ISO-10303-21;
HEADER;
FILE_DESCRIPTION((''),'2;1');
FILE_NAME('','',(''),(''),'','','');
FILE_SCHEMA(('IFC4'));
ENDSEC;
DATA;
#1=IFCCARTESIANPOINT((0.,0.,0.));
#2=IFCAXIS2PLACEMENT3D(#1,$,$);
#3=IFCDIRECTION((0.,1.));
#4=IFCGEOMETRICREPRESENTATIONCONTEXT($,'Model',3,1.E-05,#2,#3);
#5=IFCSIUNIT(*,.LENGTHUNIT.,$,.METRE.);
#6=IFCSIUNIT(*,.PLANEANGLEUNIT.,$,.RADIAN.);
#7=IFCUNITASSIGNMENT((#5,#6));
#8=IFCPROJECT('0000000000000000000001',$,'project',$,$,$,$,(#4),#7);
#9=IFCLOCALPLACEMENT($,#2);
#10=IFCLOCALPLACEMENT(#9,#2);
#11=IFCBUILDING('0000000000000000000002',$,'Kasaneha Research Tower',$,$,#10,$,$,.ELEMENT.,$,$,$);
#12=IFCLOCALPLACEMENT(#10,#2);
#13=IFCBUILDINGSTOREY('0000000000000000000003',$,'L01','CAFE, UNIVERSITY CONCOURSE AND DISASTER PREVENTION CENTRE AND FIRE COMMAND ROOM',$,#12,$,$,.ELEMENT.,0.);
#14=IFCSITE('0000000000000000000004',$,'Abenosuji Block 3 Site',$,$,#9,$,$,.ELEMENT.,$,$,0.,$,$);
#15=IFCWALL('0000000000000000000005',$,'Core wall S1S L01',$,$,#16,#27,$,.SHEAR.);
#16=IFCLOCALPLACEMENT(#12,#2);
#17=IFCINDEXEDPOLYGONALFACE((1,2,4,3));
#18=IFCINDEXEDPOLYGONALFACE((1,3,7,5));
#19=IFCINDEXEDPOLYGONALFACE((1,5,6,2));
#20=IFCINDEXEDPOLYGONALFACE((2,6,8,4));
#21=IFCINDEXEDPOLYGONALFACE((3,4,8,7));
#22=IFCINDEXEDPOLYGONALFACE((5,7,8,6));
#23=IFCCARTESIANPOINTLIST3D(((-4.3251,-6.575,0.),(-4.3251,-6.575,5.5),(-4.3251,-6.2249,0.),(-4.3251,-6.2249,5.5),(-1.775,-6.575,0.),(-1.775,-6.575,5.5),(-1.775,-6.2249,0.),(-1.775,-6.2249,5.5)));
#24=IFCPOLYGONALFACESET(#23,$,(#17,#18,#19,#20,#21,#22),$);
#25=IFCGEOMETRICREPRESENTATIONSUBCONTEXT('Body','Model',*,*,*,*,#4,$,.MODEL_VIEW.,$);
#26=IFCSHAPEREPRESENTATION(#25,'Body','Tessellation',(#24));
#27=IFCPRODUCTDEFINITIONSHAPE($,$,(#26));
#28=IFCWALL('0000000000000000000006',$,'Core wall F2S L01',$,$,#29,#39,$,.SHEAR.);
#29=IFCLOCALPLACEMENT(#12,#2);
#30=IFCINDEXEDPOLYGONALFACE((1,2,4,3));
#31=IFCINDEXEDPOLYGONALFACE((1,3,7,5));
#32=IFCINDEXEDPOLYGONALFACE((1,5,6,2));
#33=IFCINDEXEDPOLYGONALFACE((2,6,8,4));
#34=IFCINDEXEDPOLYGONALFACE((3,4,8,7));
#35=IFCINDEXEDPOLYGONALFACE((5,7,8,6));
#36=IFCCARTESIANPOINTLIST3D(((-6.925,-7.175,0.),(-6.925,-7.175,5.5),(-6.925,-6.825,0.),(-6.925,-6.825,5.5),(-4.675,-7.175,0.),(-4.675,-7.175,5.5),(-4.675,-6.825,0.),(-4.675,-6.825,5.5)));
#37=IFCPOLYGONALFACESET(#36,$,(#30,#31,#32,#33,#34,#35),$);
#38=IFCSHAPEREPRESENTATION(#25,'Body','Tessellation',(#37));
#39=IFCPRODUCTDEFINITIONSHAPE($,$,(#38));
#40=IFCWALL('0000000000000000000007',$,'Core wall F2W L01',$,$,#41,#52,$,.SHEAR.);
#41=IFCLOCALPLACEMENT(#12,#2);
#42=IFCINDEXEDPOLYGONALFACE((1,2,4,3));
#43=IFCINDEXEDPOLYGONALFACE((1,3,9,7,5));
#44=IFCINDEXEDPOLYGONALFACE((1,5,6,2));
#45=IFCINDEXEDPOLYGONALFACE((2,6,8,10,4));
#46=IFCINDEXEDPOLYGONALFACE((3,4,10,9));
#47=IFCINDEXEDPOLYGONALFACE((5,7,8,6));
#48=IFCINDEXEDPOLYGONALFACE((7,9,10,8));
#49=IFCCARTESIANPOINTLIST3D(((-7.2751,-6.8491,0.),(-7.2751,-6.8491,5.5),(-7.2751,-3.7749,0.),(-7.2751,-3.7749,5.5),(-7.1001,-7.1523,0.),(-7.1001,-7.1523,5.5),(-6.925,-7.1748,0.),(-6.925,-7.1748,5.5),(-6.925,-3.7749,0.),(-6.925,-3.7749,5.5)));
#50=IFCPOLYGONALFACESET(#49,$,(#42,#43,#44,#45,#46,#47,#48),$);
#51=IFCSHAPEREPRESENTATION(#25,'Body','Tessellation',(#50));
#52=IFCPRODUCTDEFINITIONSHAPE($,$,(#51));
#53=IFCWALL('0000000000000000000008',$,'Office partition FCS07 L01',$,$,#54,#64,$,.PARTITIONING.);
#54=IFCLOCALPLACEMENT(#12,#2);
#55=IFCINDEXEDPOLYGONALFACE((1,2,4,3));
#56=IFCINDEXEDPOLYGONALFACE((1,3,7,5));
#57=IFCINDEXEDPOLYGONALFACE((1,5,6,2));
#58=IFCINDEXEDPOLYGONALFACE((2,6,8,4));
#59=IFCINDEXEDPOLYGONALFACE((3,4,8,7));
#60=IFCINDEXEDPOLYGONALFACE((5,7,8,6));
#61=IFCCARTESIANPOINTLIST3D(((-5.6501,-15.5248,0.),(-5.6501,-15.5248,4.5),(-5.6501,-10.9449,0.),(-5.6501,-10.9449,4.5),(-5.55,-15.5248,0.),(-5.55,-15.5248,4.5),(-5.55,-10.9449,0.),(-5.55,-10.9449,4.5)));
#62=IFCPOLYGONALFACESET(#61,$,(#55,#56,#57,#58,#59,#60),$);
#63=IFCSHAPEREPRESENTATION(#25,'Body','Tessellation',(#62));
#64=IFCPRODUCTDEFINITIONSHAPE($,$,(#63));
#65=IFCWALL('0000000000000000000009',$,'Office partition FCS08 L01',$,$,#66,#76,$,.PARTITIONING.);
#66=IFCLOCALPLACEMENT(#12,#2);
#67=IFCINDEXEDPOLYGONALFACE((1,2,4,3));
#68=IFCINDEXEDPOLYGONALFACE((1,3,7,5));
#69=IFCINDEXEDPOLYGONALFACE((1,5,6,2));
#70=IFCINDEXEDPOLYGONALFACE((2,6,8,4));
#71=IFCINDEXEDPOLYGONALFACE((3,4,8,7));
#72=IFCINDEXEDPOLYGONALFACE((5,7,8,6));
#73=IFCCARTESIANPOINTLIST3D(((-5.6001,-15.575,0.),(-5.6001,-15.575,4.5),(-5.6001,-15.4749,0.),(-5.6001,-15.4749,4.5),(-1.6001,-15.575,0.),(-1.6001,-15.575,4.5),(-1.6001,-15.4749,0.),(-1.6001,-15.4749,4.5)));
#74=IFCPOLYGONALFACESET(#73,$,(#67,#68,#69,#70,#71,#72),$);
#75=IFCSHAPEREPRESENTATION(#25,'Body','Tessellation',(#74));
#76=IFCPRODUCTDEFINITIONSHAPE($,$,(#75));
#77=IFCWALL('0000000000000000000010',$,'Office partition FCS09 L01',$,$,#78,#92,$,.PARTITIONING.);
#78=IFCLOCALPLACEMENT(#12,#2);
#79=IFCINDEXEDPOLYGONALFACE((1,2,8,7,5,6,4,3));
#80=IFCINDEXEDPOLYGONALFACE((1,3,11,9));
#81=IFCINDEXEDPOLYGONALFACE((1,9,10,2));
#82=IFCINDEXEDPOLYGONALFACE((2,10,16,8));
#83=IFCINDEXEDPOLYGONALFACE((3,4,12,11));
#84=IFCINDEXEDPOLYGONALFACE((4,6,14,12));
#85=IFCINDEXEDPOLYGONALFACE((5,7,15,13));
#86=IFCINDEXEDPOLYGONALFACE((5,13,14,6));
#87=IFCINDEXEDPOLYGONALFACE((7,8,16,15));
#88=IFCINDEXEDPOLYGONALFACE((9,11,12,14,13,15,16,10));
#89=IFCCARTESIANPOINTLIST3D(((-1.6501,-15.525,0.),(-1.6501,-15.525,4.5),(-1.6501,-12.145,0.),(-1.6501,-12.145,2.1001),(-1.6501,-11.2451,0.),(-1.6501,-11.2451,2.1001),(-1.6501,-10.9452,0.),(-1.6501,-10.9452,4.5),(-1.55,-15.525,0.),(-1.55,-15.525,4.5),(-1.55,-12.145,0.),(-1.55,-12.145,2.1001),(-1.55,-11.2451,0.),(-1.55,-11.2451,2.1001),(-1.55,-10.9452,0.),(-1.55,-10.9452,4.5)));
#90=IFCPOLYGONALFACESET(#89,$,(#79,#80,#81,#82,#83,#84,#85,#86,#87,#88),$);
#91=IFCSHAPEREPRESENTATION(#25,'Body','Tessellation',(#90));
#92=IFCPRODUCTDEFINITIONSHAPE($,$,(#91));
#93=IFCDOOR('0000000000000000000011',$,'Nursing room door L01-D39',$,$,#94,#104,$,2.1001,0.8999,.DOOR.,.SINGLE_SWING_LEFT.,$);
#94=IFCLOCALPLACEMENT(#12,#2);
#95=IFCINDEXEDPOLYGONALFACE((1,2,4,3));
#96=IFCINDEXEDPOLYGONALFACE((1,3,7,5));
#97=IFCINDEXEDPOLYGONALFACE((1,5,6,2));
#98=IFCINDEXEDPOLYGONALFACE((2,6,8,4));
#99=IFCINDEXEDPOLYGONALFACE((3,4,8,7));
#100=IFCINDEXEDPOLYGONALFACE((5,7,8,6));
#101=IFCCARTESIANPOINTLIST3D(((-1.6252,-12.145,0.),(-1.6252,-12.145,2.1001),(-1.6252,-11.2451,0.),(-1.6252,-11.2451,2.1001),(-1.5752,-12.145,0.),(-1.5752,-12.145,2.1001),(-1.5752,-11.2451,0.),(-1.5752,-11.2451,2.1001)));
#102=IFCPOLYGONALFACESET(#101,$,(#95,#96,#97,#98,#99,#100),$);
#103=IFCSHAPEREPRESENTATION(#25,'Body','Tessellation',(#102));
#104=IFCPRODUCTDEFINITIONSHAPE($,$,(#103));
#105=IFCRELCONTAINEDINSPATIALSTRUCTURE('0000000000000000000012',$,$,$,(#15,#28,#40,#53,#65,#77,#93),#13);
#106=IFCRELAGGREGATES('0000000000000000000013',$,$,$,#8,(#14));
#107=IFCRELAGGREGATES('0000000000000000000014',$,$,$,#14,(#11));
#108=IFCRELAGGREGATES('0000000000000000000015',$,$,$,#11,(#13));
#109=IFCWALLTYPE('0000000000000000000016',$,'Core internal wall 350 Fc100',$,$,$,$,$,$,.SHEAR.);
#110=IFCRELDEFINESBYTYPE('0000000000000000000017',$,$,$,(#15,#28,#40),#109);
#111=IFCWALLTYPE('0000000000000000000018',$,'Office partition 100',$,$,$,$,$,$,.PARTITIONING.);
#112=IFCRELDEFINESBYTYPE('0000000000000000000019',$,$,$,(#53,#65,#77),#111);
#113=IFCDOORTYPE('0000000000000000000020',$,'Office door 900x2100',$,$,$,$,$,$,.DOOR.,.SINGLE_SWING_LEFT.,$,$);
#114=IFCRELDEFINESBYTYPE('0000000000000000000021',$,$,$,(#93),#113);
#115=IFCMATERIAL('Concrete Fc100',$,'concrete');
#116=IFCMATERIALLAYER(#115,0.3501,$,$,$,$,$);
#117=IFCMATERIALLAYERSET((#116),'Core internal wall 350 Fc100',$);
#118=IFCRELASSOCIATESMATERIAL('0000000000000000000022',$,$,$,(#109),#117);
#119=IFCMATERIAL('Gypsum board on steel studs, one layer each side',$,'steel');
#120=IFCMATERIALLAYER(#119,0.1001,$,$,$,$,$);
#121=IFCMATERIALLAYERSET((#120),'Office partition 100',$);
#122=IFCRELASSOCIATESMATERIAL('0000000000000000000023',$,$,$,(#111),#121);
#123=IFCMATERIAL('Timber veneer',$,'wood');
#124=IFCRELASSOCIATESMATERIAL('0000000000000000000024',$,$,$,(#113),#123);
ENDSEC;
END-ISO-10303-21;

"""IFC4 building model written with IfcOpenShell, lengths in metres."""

from ifc_helpers import new_model, si_unit, direction, frame, frame_2d, origin, place, context, subcontext, project, spatial, polyline, rectangle, outline, extrude, material, layer, layer_set, type_object, element, fill, save


model = new_model("IFC4")

# Units and contexts
model_context = context("Model", 3, precision=1e-05, world=origin(), true_north=direction((0.0, 1.0)))
body_context = subcontext(model_context, "Body", "Model", "MODEL_VIEW")
ifc_project = project(units=[si_unit("LENGTHUNIT", "METRE"), si_unit("PLANEANGLEUNIT", "RADIAN")], contexts=[model_context])

# Site, building, storey
site_placement = place(None, origin())
site = spatial("IfcSite", under=ifc_project, at=site_placement, Name="Abenosuji Block 3 Site", CompositionType="ELEMENT", RefElevation=0.0)
building_placement = place(site_placement, origin())
building = spatial("IfcBuilding", under=site, at=building_placement, Name="Kasaneha Research Tower", CompositionType="ELEMENT")
storey_placement = place(building_placement, origin())
storey = spatial("IfcBuildingStorey", under=building, at=storey_placement, Name="L01", Description="CAFE, UNIVERSITY CONCOURSE AND DISASTER PREVENTION CENTRE AND FIRE COMMAND ROOM", CompositionType="ELEMENT", Elevation=0.0)

# Shared definitions
ifc_material_1 = material(Name="Concrete Fc100", Category="concrete")
ifc_layer_1 = layer(ifc_material_1, 0.3501)
ifc_layer_set_1 = layer_set([ifc_layer_1], Name="Core internal wall 350 Fc100")
wall_type_1 = type_object("IfcWallType", Name="Core internal wall 350 Fc100", PredefinedType="SHEAR", material=ifc_layer_set_1)

# Walls
wall_1_placement = place(storey_placement, frame((-4.325, -6.3999, 0.0), z_axis=(0.0, 0.0, 1.0), x_axis=(1.0, 0.0, 0.0)))
element("IfcWall", 1, at=wall_1_placement, inside=storey, type_object=wall_type_1, Name="Core wall S1S L01", PredefinedType="SHEAR", context=body_context, shape_type="SweptSolid", body=[
    extrude(rectangle(XDim=2.55, YDim=0.3501, at=frame_2d((1.2749, 0.0))), origin(), (0.0, 0.0, 1.0), 5.5),
])
wall_2_placement = place(storey_placement, frame((-6.925, -7.0, 0.0), z_axis=(0.0, 0.0, 1.0), x_axis=(1.0, 0.0, 0.0)))
element("IfcWall", 2, at=wall_2_placement, inside=storey, type_object=wall_type_1, Name="Core wall F2S L01", PredefinedType="SHEAR", context=body_context, shape_type="SweptSolid", body=[
    extrude(rectangle(XDim=2.25, YDim=0.3501, at=frame_2d((1.125, 0.0))), origin(), (0.0, 0.0, 1.0), 5.5),
])
wall_3_placement = place(storey_placement, frame((-7.1001, -3.7749, 0.0), z_axis=(0.0, 0.0, 1.0), x_axis=(0.0, -1.0, 0.0)))
element("IfcWall", 3, at=wall_3_placement, inside=storey, type_object=wall_type_1, Name="Core wall F2W L01", PredefinedType="SHEAR", context=body_context, shape_type="SweptSolid", body=[
    extrude(outline(polyline([(0.0, -0.175), (3.0742, -0.175), (3.3774, 0.0), (3.3999, 0.175), (0.0, 0.175), (0.0, -0.175)])), origin(), (0.0, 0.0, 1.0), 5.5),
])

# Walls
ifc_material_2 = material(Name="Gypsum board on steel studs, one layer each side", Category="steel")
ifc_layer_2 = layer(ifc_material_2, 0.1001)
ifc_layer_set_2 = layer_set([ifc_layer_2], Name="Office partition 100")
wall_type_2 = type_object("IfcWallType", Name="Office partition 100", PredefinedType="PARTITIONING", material=ifc_layer_set_2)
wall_4_placement = place(storey_placement, frame((-5.6001, -15.5249, 0.0), z_axis=(0.0, 0.0, 1.0), x_axis=(0.0, 1.0, 0.0)))
element("IfcWall", 4, at=wall_4_placement, inside=storey, type_object=wall_type_2, Name="Office partition FCS07 L01", PredefinedType="PARTITIONING", context=body_context, shape_type="SweptSolid", body=[
    extrude(rectangle(XDim=4.5798, YDim=0.1001, at=frame_2d((2.29, 0.0))), origin(), (0.0, 0.0, 1.0), 4.5),
])
wall_5_placement = place(storey_placement, frame((-1.6001, -15.5249, 0.0), z_axis=(0.0, 0.0, 1.0), x_axis=(-1.0, 0.0, 0.0)))
element("IfcWall", 5, at=wall_5_placement, inside=storey, type_object=wall_type_2, Name="Office partition FCS08 L01", PredefinedType="PARTITIONING", context=body_context, shape_type="SweptSolid", body=[
    extrude(rectangle(XDim=4.0, YDim=0.1001, at=frame_2d((2.0, 0.0))), origin(), (0.0, 0.0, 1.0), 4.5),
])

# Wall, opening, door
wall_6_placement = place(storey_placement, frame((-1.6001, -10.9451, 0.0), z_axis=(0.0, 0.0, 1.0), x_axis=(0.0, -1.0, 0.0)))
wall_6 = element("IfcWall", 6, at=wall_6_placement, inside=storey, type_object=wall_type_2, Name="Office partition FCS09 L01", PredefinedType="PARTITIONING", context=body_context, shape_type="SweptSolid", body=[
    extrude(rectangle(XDim=4.5798, YDim=0.1001, at=frame_2d((2.29, 0.0))), origin(), (0.0, 0.0, 1.0), 4.5),
])
opening_1_placement = place(wall_6_placement, frame((0.3, 0.0, 0.0)))
opening_1 = element("IfcOpeningElement", 7, at=opening_1_placement, cuts=wall_6, PredefinedType="OPENING", context=body_context, shape_type="SweptSolid", body=[
    extrude(rectangle(XDim=0.8999, YDim=2.1001, at=frame_2d((0.45, 1.05))), frame((0.0, 0.0601, 0.0), z_axis=(0.0, -1.0, 0.0), x_axis=(1.0, 0.0, 0.0)), (0.0, 0.0, 1.0), 0.1201),
])
ifc_material_3 = material(Name="Timber veneer", Category="wood")
door_type_1 = type_object("IfcDoorType", Name="Office door 900x2100", OperationType="SINGLE_SWING_LEFT", PredefinedType="DOOR", material=ifc_material_3)
door_1_placement = place(opening_1_placement, origin())
door_1 = element("IfcDoor", 8, at=door_1_placement, inside=storey, type_object=door_type_1, Name="Nursing room door L01-D39", OperationType="SINGLE_SWING_LEFT", OverallHeight=2.1001, OverallWidth=0.8999, PredefinedType="DOOR", context=body_context, shape_type="SweptSolid", body=[
    extrude(rectangle(XDim=0.8999, YDim=2.1001, at=frame_2d((0.45, 1.05))), frame((0.0, 0.0249, 0.0), z_axis=(0.0, -1.0, 0.0), x_axis=(1.0, 0.0, 0.0)), (0.0, 0.0, 1.0), 0.05),
])
fill(opening_1, door_1)

save(model, "model.ifc")
